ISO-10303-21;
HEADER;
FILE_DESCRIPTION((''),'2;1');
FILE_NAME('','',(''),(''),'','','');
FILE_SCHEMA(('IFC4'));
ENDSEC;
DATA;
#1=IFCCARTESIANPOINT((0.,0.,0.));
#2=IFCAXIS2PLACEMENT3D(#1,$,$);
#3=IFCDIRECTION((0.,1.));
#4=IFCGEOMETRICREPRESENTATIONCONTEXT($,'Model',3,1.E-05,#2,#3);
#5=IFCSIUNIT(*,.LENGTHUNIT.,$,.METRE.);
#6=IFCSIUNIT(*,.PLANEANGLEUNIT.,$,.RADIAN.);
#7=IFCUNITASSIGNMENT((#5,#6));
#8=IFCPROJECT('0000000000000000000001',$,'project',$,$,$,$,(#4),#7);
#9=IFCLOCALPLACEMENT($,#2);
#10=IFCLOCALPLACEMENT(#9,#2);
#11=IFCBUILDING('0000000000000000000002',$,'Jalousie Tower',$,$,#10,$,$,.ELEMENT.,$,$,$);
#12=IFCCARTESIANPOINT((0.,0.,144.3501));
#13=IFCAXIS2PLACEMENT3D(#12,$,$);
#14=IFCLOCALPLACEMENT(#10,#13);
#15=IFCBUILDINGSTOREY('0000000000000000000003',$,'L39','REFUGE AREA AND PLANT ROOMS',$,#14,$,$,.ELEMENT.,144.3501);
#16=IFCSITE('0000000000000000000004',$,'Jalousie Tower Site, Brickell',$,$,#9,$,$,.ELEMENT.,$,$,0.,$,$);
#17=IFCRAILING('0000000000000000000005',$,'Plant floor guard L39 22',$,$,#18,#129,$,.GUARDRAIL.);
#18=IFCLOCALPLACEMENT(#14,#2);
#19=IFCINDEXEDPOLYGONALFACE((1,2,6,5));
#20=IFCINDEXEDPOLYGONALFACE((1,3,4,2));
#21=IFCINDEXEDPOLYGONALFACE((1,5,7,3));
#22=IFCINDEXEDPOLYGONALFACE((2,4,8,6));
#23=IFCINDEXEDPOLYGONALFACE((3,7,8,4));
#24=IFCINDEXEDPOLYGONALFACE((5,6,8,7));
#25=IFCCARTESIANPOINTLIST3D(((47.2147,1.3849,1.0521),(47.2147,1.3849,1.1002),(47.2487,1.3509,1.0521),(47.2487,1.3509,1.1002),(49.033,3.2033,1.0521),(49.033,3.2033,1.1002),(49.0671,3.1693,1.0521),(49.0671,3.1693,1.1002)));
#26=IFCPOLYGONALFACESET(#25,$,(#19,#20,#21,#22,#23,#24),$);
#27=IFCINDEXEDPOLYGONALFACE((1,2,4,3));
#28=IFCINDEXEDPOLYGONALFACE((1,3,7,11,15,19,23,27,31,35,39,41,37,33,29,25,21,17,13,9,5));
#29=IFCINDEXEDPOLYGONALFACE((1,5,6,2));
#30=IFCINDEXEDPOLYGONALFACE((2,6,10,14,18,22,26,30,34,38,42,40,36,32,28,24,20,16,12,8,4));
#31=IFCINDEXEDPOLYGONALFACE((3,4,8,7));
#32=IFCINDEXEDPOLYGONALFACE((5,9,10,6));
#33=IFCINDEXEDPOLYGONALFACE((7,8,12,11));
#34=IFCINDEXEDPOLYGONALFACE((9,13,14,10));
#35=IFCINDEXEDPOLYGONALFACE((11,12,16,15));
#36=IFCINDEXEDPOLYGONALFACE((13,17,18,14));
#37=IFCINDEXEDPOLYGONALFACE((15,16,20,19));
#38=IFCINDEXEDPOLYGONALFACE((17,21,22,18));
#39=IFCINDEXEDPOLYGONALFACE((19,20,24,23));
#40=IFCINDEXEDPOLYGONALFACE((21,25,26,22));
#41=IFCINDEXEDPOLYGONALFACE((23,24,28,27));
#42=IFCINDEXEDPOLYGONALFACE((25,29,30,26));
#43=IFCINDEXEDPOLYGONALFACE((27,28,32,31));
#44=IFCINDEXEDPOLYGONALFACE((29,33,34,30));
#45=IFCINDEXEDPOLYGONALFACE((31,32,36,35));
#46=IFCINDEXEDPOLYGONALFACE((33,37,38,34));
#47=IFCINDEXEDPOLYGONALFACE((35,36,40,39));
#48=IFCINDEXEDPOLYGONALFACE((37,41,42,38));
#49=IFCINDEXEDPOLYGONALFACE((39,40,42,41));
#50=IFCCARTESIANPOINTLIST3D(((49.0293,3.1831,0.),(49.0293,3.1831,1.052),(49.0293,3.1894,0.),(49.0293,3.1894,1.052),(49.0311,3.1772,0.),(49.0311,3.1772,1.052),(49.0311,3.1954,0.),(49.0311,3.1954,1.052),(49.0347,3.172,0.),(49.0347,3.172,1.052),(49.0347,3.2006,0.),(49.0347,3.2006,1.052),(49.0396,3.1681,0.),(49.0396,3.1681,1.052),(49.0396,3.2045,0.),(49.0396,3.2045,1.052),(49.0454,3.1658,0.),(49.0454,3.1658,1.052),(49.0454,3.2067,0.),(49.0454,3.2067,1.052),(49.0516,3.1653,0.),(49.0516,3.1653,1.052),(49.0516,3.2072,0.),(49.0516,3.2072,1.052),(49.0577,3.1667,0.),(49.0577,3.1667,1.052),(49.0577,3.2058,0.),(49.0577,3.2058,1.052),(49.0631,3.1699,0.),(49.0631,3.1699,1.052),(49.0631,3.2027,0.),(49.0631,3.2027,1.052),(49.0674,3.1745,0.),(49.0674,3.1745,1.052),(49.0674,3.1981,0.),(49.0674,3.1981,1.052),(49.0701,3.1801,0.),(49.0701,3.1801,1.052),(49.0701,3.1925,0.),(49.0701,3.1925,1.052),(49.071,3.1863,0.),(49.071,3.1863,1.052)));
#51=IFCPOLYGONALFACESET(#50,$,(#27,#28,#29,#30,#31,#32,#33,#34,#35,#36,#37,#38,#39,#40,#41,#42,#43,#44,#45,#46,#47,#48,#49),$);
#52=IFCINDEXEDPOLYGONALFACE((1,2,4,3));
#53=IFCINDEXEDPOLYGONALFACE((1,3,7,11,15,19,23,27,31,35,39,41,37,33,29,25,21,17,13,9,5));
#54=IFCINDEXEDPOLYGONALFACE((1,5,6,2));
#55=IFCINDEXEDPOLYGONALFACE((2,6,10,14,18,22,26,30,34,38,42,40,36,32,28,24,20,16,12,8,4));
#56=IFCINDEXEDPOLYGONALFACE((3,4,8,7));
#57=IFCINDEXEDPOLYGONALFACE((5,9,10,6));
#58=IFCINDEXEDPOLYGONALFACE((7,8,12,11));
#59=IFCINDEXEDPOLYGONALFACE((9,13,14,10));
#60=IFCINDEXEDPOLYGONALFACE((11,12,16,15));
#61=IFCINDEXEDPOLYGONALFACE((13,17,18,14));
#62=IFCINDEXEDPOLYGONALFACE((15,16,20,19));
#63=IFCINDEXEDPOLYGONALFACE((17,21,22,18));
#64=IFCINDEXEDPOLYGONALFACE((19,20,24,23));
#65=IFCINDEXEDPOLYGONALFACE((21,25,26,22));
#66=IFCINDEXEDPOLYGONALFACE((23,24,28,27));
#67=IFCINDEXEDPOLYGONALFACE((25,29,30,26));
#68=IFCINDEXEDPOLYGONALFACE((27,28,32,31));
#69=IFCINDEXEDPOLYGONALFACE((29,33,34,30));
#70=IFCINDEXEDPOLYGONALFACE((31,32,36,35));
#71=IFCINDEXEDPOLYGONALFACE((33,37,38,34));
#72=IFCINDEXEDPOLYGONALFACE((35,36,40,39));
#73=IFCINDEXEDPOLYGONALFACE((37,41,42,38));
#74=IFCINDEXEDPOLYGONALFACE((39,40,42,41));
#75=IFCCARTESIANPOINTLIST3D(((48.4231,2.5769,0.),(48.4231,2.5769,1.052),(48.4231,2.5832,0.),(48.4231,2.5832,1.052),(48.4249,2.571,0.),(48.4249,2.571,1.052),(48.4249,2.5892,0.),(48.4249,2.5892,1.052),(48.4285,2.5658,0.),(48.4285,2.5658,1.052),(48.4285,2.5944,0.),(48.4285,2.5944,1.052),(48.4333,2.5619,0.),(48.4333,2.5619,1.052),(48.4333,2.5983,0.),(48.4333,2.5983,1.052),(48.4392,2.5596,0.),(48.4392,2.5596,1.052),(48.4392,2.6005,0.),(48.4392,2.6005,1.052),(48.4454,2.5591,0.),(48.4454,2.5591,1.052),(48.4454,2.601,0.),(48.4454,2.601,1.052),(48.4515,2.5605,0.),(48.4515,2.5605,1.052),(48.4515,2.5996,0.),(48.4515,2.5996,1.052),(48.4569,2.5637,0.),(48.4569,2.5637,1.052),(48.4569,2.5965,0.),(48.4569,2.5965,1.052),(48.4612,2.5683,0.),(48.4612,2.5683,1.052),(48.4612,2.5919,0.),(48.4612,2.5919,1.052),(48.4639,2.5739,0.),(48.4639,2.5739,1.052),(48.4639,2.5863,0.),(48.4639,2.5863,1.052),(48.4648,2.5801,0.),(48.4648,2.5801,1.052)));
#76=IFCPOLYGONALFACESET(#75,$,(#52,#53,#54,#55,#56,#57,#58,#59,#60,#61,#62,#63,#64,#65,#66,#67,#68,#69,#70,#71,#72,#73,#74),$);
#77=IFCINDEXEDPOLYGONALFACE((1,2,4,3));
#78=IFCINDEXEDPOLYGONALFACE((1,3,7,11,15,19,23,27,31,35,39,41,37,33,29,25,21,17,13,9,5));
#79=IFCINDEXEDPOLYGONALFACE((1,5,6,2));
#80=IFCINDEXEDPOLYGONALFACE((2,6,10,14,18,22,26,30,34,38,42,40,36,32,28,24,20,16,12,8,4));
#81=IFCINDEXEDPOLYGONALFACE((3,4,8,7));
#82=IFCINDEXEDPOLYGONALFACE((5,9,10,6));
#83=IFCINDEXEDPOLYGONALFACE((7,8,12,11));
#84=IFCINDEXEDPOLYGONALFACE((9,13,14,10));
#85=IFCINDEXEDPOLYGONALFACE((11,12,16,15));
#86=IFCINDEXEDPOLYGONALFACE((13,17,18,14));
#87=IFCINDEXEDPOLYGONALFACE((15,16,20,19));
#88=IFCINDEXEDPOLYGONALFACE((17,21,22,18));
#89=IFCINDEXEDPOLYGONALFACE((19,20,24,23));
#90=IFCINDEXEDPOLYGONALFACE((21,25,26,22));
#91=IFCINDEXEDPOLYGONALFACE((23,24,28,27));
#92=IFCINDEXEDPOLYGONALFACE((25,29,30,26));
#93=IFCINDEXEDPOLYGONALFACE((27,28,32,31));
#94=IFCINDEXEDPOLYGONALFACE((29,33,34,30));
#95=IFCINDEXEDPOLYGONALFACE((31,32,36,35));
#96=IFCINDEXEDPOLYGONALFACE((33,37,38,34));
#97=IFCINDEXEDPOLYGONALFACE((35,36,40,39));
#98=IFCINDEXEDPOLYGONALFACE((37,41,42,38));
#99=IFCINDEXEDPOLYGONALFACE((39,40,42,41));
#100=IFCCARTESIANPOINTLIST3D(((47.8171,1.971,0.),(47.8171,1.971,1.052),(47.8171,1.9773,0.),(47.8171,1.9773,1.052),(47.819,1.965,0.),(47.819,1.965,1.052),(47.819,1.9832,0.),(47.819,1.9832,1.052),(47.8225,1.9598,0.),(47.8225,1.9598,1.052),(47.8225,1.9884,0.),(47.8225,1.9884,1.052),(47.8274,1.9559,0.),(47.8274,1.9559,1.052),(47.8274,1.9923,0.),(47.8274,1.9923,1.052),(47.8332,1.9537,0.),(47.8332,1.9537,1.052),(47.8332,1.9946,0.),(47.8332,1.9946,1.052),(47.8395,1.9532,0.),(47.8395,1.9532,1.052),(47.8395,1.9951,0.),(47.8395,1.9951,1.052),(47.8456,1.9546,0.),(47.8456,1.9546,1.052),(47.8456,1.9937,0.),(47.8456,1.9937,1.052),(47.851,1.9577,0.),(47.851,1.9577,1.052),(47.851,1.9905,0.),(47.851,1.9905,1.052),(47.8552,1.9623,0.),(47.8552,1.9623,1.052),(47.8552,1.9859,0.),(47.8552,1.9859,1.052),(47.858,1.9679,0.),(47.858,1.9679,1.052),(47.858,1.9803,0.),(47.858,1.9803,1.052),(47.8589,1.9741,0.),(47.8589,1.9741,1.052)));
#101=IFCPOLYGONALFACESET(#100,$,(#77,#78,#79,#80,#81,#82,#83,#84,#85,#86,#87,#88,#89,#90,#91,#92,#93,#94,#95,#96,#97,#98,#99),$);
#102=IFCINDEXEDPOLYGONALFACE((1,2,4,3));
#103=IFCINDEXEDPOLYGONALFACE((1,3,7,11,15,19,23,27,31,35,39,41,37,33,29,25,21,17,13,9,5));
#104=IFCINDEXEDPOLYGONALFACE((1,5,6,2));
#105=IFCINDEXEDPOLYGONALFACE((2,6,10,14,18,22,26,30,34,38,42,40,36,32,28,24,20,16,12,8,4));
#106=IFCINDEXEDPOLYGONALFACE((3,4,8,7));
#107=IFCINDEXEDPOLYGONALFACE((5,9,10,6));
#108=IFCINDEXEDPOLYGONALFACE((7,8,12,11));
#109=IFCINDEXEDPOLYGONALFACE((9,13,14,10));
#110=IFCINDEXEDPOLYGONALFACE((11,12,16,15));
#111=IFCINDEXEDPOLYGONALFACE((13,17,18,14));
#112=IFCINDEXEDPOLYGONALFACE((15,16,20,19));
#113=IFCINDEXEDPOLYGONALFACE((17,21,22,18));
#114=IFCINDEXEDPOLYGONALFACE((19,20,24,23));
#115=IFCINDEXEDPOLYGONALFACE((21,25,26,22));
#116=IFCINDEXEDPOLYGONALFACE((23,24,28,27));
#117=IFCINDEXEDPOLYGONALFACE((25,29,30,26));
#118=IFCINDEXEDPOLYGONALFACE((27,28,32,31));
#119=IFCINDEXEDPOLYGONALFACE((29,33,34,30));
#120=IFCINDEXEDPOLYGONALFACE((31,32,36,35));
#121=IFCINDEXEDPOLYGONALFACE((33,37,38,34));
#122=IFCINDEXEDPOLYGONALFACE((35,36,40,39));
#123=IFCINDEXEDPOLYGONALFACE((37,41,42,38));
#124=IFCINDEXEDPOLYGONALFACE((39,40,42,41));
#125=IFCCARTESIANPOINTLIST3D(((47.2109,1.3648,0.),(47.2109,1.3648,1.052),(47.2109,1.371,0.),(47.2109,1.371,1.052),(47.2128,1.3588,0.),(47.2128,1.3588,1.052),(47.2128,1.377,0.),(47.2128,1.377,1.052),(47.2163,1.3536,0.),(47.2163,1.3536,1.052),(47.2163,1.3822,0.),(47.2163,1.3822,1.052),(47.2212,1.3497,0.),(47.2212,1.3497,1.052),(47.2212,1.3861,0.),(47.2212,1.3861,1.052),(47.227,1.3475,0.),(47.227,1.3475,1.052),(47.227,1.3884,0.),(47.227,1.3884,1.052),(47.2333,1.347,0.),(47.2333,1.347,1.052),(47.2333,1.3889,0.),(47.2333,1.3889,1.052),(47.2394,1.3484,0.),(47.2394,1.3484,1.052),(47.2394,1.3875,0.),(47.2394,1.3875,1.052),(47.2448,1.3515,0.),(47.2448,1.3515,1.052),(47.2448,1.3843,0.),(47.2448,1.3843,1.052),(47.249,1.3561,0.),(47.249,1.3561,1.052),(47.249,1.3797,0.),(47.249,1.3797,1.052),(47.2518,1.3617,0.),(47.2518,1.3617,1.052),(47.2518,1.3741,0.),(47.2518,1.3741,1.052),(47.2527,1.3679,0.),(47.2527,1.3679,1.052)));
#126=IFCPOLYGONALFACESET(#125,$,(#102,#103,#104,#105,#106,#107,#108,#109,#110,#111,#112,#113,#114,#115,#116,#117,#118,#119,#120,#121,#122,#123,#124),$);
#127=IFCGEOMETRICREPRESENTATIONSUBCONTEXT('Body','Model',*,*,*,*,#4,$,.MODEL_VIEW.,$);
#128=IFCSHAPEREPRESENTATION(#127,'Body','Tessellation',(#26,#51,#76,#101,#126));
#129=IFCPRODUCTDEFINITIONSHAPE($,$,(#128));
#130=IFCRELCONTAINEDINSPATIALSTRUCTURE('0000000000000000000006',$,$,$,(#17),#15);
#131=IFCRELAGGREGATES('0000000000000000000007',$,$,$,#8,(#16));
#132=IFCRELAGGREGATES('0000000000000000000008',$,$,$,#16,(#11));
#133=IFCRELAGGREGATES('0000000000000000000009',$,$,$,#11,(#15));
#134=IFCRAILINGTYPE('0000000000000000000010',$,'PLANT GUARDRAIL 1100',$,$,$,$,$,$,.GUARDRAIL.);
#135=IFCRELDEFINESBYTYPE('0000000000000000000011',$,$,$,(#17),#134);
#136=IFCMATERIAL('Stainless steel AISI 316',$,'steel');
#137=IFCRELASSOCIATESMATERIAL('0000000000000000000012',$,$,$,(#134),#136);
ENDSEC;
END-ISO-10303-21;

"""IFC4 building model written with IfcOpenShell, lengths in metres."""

from ifc_helpers import new_model, si_unit, direction, frame, origin, origin_2d, place, context, subcontext, project, spatial, rectangle, circle, extrude, material, type_object, element, save


model = new_model("IFC4")

# Units and contexts
model_context = context("Model", 3, precision=1e-05, world=origin(), true_north=direction((0.0, 1.0)))
body_context = subcontext(model_context, "Body", "Model", "MODEL_VIEW")
ifc_project = project(units=[si_unit("LENGTHUNIT", "METRE"), si_unit("PLANEANGLEUNIT", "RADIAN")], contexts=[model_context])

# Site, building, storey
site_placement = place(None, origin())
site = spatial("IfcSite", under=ifc_project, at=site_placement, Name="Jalousie Tower Site, Brickell", CompositionType="ELEMENT", RefElevation=0.0)
building_placement = place(site_placement, origin())
building = spatial("IfcBuilding", under=site, at=building_placement, Name="Jalousie Tower", CompositionType="ELEMENT")
storey_placement = place(building_placement, frame((0.0, 0.0, 144.3501)))
storey = spatial("IfcBuildingStorey", under=building, at=storey_placement, Name="L39", Description="REFUGE AREA AND PLANT ROOMS", CompositionType="ELEMENT", Elevation=144.3501)

# Railing
ifc_material_1 = material(Name="Stainless steel AISI 316", Category="steel")
railing_type = type_object("IfcRailingType", Name="PLANT GUARDRAIL 1100", PredefinedType="GUARDRAIL", material=ifc_material_1)
railing_1_placement = place(storey_placement, frame((49.05, 3.1863, 0.0)))
element("IfcRailing", 1, at=railing_1_placement, inside=storey, type_object=railing_type, Name="Plant floor guard L39 22", PredefinedType="GUARDRAIL", context=body_context, shape_type="SweptSolid", body=[
    extrude(rectangle(XDim=0.0481, YDim=0.0481, at=origin_2d()), frame((0.0, 0.0, 1.0762), z_axis=(-0.707107, -0.707107, 0.0), x_axis=(0.707107, -0.707107, 0.0)), (0.0, 0.0, 1.0), 2.5715),
    extrude(circle(Radius=0.021, at=origin_2d()), origin(), (0.0, 0.0, 1.0), 1.052),
    extrude(circle(Radius=0.021, at=origin_2d()), frame((-0.6062, -0.6062, 0.0)), (0.0, 0.0, 1.0), 1.052),
    extrude(circle(Radius=0.021, at=origin_2d()), frame((-1.2122, -1.2122, 0.0)), (0.0, 0.0, 1.0), 1.052),
    extrude(circle(Radius=0.021, at=origin_2d()), frame((-1.8184, -1.8184, 0.0)), (0.0, 0.0, 1.0), 1.052),
])

save(model, "model.ifc")
